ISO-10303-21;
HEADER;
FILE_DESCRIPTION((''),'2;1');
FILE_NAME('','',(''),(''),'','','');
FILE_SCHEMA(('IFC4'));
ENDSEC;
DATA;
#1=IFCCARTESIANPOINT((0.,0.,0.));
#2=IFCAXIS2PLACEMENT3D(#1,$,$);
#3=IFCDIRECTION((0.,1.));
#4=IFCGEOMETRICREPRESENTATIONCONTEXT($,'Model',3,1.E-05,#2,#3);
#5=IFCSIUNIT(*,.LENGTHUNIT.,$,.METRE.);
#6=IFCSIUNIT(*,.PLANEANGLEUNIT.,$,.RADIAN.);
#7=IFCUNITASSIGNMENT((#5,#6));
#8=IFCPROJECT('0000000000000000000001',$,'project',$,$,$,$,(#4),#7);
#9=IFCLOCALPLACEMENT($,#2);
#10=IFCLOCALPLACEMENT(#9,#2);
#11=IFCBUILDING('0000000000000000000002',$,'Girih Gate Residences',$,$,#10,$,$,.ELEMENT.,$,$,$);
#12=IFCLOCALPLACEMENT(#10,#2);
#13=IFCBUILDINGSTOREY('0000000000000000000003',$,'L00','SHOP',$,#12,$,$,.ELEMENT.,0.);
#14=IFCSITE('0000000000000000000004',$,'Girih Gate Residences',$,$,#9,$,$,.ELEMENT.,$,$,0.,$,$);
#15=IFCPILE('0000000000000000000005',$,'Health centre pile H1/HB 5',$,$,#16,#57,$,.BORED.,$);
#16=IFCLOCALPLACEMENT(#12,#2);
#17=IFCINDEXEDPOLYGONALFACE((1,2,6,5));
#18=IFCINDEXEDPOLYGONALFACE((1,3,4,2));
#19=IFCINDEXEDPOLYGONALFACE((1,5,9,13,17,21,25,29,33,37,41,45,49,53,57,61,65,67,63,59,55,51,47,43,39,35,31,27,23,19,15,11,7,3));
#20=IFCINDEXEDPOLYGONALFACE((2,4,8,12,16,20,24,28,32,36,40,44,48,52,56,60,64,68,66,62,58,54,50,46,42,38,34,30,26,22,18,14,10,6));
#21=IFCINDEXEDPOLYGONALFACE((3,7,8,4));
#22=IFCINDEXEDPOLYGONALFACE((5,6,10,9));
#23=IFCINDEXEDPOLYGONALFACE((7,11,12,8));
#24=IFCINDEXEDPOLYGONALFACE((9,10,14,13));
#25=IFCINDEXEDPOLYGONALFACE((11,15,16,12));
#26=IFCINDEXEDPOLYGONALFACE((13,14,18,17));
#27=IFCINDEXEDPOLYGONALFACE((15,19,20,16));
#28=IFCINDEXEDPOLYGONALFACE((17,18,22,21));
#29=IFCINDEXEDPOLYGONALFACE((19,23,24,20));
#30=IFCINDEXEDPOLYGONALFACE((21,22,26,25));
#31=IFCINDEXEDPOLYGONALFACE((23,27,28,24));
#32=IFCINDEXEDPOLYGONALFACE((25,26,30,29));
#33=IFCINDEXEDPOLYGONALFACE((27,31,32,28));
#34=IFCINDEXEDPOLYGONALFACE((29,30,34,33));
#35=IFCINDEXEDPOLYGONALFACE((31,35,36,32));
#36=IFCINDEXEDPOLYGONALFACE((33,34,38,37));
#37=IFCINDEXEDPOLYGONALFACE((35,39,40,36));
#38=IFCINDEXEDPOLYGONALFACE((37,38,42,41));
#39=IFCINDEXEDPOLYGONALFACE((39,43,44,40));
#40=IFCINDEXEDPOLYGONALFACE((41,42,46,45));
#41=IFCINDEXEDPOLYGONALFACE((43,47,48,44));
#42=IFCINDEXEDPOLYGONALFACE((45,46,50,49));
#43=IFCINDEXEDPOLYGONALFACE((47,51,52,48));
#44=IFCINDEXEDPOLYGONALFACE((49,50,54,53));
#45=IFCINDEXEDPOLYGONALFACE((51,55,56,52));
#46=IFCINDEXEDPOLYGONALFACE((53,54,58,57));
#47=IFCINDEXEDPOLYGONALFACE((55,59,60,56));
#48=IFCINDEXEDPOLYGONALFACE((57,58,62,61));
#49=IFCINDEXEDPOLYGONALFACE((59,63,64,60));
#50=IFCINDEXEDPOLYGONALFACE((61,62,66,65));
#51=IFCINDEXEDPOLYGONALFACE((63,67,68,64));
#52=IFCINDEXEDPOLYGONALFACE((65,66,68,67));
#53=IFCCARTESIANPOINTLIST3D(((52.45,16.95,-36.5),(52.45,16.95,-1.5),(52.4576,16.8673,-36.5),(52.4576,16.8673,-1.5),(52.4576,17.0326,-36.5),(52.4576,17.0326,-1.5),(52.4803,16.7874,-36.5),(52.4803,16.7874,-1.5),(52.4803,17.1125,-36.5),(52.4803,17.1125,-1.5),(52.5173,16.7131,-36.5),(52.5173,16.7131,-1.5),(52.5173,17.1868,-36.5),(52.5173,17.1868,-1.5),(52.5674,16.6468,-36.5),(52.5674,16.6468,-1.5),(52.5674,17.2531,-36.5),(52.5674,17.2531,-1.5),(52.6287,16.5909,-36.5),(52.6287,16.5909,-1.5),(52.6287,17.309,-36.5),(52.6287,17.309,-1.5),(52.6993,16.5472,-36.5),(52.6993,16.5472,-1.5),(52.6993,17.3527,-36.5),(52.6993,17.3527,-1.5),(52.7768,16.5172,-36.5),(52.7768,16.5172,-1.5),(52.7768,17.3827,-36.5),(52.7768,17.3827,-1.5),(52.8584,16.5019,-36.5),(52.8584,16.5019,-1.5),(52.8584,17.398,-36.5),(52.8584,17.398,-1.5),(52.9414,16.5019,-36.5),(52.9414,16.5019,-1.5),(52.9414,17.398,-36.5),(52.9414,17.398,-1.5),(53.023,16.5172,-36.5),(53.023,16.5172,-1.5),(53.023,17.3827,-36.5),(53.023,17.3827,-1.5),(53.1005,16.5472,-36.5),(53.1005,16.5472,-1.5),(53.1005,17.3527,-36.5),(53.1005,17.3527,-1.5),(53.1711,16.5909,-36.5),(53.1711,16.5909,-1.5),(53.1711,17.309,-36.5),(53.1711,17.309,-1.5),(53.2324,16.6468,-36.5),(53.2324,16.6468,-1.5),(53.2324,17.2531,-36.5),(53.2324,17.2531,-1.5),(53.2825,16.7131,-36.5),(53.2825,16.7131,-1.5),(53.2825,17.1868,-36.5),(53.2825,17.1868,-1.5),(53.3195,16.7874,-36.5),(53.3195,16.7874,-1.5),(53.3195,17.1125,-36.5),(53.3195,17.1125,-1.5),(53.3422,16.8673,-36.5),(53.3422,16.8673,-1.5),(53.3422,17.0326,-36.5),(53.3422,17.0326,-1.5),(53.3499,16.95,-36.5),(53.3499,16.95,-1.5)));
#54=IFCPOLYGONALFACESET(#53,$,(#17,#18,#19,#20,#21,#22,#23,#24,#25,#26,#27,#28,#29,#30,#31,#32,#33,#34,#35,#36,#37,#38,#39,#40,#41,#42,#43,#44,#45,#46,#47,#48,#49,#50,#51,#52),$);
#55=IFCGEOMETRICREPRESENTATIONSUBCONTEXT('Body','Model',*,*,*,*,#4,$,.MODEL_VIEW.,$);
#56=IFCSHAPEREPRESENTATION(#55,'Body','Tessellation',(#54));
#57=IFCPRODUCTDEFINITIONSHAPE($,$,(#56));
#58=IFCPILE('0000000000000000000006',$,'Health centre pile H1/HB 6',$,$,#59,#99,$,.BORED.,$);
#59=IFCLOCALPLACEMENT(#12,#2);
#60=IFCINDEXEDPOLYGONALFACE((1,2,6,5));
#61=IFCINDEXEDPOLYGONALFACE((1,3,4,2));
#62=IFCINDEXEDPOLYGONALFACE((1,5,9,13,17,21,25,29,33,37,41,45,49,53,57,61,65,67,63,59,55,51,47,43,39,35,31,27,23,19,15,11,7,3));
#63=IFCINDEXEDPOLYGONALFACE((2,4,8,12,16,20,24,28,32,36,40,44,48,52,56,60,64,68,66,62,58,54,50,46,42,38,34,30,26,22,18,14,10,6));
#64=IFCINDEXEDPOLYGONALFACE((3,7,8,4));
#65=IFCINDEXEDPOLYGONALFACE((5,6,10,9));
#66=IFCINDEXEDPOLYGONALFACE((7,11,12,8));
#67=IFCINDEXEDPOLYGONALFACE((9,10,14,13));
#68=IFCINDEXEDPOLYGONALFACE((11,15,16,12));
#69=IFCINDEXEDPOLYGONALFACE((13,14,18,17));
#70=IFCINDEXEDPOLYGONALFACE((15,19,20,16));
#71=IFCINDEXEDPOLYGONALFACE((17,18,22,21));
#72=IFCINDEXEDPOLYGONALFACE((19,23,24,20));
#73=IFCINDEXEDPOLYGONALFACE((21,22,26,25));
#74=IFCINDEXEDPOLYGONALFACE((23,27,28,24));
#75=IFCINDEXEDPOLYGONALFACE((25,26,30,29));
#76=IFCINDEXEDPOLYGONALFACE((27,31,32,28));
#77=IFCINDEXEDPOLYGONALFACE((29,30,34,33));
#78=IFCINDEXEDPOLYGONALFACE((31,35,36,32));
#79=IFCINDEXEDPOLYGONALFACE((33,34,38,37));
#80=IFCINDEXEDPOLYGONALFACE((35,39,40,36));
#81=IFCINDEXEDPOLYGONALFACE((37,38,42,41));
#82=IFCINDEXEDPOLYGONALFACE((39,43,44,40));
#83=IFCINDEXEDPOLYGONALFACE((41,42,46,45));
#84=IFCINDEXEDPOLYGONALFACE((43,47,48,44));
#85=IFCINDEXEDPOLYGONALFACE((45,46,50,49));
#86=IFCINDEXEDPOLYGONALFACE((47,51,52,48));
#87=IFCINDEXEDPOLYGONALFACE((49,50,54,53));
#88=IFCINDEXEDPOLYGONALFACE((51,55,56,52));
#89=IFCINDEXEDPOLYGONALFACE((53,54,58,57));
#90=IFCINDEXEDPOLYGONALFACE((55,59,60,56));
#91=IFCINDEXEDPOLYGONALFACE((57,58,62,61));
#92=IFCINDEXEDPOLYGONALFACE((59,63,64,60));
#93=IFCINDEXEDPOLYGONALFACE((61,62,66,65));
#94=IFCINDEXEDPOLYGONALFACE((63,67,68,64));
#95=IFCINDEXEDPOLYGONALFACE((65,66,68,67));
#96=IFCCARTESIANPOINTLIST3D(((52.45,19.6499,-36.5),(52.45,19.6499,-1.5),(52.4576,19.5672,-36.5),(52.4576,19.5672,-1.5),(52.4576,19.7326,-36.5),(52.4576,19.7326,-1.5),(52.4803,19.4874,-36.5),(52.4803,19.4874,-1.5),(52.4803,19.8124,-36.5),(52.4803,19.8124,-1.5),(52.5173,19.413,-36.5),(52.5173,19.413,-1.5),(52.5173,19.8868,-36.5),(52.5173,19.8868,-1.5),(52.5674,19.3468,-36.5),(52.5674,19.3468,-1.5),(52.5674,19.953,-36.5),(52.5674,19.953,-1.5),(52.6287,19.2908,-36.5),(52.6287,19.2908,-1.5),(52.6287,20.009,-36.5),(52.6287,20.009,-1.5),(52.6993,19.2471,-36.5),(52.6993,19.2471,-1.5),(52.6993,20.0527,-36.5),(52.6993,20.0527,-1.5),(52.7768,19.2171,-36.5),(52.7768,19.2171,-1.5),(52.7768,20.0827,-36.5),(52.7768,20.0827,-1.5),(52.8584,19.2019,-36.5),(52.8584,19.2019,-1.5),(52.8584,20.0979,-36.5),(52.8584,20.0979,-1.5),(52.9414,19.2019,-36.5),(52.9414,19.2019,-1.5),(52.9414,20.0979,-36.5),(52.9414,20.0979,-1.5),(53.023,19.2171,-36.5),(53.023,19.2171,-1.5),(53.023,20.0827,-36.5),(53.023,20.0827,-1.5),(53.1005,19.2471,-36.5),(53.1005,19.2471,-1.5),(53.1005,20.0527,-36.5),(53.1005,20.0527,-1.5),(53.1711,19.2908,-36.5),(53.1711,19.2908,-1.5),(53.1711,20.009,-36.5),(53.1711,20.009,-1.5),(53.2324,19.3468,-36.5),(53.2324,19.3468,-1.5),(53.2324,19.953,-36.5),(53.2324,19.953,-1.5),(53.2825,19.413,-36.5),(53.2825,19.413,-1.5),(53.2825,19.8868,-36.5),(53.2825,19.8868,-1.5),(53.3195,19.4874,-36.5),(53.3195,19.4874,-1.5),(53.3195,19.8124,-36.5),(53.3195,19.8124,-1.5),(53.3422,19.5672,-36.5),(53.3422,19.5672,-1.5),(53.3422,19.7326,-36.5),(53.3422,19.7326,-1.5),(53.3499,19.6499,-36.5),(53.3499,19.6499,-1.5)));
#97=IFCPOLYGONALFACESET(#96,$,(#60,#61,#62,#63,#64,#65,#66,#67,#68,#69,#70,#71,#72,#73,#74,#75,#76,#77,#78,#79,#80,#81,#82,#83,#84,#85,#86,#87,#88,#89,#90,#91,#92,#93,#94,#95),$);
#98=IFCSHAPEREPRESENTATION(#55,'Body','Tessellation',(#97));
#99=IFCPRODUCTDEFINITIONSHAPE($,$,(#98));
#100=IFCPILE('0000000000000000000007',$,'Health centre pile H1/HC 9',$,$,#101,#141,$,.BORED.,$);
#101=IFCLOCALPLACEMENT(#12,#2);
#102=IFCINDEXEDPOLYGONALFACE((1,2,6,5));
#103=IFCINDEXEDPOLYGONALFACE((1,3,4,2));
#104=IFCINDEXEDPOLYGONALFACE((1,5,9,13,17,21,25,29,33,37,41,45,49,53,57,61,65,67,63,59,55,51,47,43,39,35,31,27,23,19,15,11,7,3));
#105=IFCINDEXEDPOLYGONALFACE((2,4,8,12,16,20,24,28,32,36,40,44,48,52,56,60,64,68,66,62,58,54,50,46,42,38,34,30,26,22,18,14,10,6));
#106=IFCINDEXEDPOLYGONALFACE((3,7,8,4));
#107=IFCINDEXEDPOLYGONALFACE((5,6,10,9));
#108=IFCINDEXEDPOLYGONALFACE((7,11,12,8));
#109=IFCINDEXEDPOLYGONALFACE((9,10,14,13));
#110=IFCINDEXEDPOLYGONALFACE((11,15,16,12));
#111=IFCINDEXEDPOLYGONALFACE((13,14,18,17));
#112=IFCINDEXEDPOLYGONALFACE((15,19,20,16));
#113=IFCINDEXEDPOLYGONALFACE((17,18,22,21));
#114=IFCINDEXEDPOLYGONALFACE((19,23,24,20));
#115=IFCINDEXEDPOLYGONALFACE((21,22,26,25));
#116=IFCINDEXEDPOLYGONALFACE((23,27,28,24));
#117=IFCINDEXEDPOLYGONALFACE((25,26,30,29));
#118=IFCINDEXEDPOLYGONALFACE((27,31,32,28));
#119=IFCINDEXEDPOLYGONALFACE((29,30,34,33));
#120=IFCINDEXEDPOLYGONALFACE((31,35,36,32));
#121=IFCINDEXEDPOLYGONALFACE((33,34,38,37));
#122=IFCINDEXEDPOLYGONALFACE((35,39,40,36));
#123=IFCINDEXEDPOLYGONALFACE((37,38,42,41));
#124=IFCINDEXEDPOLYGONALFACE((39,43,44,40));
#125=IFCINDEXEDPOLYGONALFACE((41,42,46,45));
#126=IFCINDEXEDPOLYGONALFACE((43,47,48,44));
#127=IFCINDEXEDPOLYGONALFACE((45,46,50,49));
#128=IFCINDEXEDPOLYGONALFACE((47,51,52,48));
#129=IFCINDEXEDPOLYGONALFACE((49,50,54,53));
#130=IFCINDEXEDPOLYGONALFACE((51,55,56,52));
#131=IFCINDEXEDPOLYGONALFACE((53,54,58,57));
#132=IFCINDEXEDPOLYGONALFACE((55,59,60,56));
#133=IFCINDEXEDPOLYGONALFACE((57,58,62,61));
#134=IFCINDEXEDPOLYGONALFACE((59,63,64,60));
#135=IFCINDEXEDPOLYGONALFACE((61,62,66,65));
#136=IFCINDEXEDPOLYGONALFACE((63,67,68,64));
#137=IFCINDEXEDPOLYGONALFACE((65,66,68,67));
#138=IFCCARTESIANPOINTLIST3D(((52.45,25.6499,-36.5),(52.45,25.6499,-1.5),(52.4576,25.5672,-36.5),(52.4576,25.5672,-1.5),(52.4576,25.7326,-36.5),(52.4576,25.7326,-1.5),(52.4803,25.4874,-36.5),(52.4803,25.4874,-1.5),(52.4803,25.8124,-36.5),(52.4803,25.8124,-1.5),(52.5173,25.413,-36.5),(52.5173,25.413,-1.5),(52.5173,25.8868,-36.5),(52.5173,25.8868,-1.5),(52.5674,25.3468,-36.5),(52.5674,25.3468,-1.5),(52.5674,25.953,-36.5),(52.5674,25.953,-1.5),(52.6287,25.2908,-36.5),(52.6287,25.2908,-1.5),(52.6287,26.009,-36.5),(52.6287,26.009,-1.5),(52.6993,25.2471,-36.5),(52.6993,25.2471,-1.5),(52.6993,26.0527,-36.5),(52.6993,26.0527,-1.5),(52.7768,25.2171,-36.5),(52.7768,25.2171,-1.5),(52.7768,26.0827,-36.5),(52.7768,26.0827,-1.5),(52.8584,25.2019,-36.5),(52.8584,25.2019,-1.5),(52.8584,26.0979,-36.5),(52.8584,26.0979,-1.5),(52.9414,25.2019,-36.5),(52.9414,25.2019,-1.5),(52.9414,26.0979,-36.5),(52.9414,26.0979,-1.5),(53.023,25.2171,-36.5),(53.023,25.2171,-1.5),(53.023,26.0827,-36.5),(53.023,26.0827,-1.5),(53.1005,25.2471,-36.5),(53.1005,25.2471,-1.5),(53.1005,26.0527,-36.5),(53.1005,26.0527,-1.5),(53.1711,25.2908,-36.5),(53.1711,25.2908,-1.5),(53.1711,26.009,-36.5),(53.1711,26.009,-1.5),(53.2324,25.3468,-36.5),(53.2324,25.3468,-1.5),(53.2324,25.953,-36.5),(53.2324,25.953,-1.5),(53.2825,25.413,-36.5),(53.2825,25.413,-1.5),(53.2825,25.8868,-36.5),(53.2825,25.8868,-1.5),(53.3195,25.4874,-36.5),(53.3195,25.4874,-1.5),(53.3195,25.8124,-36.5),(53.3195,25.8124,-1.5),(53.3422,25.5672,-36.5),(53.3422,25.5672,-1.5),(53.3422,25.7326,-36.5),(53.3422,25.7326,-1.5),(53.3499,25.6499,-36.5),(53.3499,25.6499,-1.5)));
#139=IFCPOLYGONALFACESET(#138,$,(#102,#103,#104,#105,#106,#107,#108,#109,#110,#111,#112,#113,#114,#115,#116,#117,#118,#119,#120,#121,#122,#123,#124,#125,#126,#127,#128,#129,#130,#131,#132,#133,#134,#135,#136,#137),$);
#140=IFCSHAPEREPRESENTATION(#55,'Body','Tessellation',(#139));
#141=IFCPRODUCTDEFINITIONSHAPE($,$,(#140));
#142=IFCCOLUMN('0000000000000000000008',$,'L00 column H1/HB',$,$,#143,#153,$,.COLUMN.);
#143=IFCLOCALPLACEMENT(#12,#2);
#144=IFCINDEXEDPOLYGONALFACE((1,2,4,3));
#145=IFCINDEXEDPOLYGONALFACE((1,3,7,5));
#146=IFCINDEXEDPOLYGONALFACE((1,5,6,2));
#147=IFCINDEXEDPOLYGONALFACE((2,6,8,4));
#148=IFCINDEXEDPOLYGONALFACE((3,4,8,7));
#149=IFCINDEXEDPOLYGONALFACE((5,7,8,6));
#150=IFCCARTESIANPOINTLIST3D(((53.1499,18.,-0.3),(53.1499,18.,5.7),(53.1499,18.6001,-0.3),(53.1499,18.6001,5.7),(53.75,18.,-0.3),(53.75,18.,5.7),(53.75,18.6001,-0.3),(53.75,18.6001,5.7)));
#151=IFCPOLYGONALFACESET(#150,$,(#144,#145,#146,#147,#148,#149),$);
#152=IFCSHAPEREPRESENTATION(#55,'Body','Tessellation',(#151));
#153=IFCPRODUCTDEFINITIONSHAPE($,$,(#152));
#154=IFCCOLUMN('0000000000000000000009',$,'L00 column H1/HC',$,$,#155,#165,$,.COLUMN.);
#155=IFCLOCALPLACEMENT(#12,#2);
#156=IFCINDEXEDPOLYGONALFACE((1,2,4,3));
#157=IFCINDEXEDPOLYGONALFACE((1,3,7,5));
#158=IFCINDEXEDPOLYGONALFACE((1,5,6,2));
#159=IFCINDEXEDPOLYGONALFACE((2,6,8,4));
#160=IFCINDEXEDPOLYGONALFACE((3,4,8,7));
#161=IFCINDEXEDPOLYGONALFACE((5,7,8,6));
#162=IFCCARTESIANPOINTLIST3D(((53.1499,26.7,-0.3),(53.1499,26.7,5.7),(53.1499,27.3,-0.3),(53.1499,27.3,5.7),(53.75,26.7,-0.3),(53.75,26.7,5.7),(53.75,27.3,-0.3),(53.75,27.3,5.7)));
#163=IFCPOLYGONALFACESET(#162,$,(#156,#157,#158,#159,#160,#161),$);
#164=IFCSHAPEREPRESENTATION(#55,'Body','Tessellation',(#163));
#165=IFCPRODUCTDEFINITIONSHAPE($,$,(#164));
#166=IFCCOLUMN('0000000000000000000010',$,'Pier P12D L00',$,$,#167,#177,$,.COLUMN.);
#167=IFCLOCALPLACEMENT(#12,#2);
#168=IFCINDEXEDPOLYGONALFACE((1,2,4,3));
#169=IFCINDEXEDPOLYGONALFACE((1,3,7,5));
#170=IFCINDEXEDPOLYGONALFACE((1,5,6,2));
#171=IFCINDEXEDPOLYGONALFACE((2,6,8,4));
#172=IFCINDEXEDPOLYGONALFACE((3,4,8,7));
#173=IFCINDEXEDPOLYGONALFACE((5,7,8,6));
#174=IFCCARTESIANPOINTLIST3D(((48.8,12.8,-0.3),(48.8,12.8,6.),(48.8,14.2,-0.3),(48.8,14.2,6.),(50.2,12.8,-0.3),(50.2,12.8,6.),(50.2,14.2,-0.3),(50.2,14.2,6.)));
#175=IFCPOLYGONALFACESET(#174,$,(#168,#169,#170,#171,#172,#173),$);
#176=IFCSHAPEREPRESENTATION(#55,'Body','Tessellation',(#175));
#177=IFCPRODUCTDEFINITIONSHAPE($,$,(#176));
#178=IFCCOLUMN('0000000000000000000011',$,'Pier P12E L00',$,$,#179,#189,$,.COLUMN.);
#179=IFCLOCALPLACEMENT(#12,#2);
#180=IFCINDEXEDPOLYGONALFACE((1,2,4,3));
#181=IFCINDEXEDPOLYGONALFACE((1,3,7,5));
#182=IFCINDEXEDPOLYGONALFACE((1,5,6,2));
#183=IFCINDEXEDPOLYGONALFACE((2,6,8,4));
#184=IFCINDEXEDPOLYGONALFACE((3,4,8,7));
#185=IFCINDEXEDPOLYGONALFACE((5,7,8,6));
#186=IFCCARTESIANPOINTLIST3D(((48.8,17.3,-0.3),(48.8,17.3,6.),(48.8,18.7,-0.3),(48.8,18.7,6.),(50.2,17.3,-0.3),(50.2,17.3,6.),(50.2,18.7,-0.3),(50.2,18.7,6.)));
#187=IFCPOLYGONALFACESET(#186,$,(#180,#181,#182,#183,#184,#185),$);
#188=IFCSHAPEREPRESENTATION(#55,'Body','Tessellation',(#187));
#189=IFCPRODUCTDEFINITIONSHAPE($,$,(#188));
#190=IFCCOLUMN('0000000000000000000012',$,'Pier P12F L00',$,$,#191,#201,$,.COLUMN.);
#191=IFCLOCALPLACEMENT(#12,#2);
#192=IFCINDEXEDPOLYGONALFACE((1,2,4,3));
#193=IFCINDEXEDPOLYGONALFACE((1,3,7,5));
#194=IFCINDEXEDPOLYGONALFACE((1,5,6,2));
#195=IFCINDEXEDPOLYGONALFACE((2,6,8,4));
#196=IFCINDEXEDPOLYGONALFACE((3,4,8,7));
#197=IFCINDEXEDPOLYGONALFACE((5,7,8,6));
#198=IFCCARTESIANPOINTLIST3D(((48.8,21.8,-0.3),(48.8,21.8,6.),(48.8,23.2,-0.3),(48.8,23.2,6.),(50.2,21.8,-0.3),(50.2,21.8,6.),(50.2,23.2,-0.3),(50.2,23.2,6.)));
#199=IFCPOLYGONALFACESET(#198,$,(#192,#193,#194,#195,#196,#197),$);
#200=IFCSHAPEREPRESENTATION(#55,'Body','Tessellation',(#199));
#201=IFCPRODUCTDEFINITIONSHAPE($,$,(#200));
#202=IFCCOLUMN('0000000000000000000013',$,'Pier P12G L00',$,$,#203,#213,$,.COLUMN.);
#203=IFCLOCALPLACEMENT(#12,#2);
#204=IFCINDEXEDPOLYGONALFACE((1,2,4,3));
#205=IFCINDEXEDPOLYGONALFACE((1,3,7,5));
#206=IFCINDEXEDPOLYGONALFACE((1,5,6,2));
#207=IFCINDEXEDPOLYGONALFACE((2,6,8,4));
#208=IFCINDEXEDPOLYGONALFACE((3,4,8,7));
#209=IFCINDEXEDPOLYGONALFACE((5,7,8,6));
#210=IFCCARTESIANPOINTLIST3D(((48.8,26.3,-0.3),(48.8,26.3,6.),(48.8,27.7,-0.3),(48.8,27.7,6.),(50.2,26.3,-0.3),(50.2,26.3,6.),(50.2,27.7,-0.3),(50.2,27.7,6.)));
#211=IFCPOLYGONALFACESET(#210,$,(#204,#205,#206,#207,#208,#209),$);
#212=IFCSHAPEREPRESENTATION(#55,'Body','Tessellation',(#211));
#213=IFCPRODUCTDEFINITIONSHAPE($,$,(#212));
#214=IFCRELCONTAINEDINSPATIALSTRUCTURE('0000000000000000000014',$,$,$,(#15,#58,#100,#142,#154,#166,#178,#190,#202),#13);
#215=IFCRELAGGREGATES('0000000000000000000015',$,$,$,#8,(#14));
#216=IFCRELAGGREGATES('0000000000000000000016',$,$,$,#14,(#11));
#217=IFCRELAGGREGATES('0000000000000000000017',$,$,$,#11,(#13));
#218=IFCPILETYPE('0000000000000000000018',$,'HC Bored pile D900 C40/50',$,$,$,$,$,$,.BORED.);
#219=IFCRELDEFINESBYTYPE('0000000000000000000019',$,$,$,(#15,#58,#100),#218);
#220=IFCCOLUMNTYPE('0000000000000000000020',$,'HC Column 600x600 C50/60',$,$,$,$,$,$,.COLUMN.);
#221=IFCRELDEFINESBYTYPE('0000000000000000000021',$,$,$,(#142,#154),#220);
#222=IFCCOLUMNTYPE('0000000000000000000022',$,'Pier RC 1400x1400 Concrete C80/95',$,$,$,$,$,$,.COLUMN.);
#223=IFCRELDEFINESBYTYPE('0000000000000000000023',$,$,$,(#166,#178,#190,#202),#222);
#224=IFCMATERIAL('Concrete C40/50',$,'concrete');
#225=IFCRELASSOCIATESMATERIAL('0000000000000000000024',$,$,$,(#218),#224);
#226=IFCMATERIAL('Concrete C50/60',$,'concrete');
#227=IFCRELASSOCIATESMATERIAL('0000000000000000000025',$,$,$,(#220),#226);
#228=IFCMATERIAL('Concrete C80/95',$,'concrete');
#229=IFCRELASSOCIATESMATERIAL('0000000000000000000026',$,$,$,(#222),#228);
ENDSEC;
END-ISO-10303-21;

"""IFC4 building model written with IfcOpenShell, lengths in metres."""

from ifc_helpers import new_model, si_unit, direction, frame, origin, origin_2d, place, context, subcontext, project, spatial, rectangle, circle, extrude, material, material_profile, profile_set, type_object, element, save


model = new_model("IFC4")

# Units and contexts
model_context = context("Model", 3, precision=1e-05, world=origin(), true_north=direction((0.0, 1.0)))
body_context = subcontext(model_context, "Body", "Model", "MODEL_VIEW")
ifc_project = project(units=[si_unit("LENGTHUNIT", "METRE"), si_unit("PLANEANGLEUNIT", "RADIAN")], contexts=[model_context])

# Site, building, storey
site_placement = place(None, origin())
site = spatial("IfcSite", under=ifc_project, at=site_placement, Name="Girih Gate Residences", CompositionType="ELEMENT", RefElevation=0.0)
building_placement = place(site_placement, origin())
building = spatial("IfcBuilding", under=site, at=building_placement, Name="Girih Gate Residences", CompositionType="ELEMENT")
storey_placement = place(building_placement, origin())
storey = spatial("IfcBuildingStorey", under=building, at=storey_placement, Name="L00", Description="SHOP", CompositionType="ELEMENT", Elevation=0.0)

# Piles
ifc_material_1 = material(Name="Concrete C40/50", Category="concrete")
ifc_material_profile_1 = material_profile(ifc_material_1, circle(Radius=0.45, at=origin_2d()))
ifc_profile_set_1 = profile_set([ifc_material_profile_1], Name="Concrete C40/50")
pile_type_1 = type_object("IfcPileType", Name="HC Bored pile D900 C40/50", PredefinedType="BORED", material=ifc_profile_set_1)
for number, where, z_axis, x_axis, name in (
    (1, (52.8999, 16.95, -1.5), (0.0, 0.0, -1.0), (1.0, 0.0, 0.0), "Health centre pile H1/HB 5"),
    (2, (52.8999, 19.6499, -1.5), (0.0, 0.0, -1.0), (1.0, 0.0, 0.0), "Health centre pile H1/HB 6"),
    (3, (52.8999, 25.6499, -1.5), (0.0, 0.0, -1.0), (1.0, 0.0, 0.0), "Health centre pile H1/HC 9"),
):
    element("IfcPile", number, at=place(storey_placement, frame(where, z_axis=z_axis, x_axis=x_axis)), inside=storey, type_object=pile_type_1, Name=name, PredefinedType="BORED", context=body_context, shape_type="SweptSolid", body=[
        extrude(circle(Radius=0.45, at=origin_2d()), origin(), (0.0, 0.0, 1.0), 35.0),
    ])

# Columns
ifc_material_2 = material(Name="Concrete C50/60", Category="concrete")
ifc_material_profile_2 = material_profile(ifc_material_2, rectangle(XDim=0.6001, YDim=0.6001, at=origin_2d()))
ifc_profile_set_2 = profile_set([ifc_material_profile_2], Name="Concrete C50/60")
column_type_1 = type_object("IfcColumnType", Name="HC Column 600x600 C50/60", PredefinedType="COLUMN", material=ifc_profile_set_2)
for number, where, z_axis, x_axis, name in (
    (4, (53.45, 18.3, -0.3), (0.0, 0.0, 1.0), (1.0, 0.0, 0.0), "L00 column H1/HB"),
    (5, (53.45, 27.0, -0.3), (0.0, 0.0, 1.0), (1.0, 0.0, 0.0), "L00 column H1/HC"),
):
    element("IfcColumn", number, at=place(storey_placement, frame(where, z_axis=z_axis, x_axis=x_axis)), inside=storey, type_object=column_type_1, Name=name, PredefinedType="COLUMN", context=body_context, shape_type="SweptSolid", body=[
        extrude(rectangle(XDim=0.6001, YDim=0.6001, at=origin_2d()), origin(), (0.0, 0.0, 1.0), 6.0),
    ])
ifc_material_3 = material(Name="Concrete C80/95", Category="concrete")
ifc_material_profile_3 = material_profile(ifc_material_3, rectangle(XDim=1.3999, YDim=1.3999, at=origin_2d()))
ifc_profile_set_3 = profile_set([ifc_material_profile_3], Name="Concrete C80/95")
column_type_2 = type_object("IfcColumnType", Name="Pier RC 1400x1400 Concrete C80/95", PredefinedType="COLUMN", material=ifc_profile_set_3)
for number, where, z_axis, x_axis, name in (
    (6, (49.5, 13.5, -0.3), (0.0, 0.0, 1.0), (1.0, 0.0, 0.0), "Pier P12D L00"),
    (7, (49.5, 18.0, -0.3), (0.0, 0.0, 1.0), (1.0, 0.0, 0.0), "Pier P12E L00"),
    (8, (49.5, 22.5, -0.3), (0.0, 0.0, 1.0), (1.0, 0.0, 0.0), "Pier P12F L00"),
    (9, (49.5, 27.0, -0.3), (0.0, 0.0, 1.0), (1.0, 0.0, 0.0), "Pier P12G L00"),
):
    element("IfcColumn", number, at=place(storey_placement, frame(where, z_axis=z_axis, x_axis=x_axis)), inside=storey, type_object=column_type_2, Name=name, PredefinedType="COLUMN", context=body_context, shape_type="SweptSolid", body=[
        extrude(rectangle(XDim=1.3999, YDim=1.3999, at=origin_2d()), origin(), (0.0, 0.0, 1.0), 6.3),
    ])

save(model, "model.ifc")
